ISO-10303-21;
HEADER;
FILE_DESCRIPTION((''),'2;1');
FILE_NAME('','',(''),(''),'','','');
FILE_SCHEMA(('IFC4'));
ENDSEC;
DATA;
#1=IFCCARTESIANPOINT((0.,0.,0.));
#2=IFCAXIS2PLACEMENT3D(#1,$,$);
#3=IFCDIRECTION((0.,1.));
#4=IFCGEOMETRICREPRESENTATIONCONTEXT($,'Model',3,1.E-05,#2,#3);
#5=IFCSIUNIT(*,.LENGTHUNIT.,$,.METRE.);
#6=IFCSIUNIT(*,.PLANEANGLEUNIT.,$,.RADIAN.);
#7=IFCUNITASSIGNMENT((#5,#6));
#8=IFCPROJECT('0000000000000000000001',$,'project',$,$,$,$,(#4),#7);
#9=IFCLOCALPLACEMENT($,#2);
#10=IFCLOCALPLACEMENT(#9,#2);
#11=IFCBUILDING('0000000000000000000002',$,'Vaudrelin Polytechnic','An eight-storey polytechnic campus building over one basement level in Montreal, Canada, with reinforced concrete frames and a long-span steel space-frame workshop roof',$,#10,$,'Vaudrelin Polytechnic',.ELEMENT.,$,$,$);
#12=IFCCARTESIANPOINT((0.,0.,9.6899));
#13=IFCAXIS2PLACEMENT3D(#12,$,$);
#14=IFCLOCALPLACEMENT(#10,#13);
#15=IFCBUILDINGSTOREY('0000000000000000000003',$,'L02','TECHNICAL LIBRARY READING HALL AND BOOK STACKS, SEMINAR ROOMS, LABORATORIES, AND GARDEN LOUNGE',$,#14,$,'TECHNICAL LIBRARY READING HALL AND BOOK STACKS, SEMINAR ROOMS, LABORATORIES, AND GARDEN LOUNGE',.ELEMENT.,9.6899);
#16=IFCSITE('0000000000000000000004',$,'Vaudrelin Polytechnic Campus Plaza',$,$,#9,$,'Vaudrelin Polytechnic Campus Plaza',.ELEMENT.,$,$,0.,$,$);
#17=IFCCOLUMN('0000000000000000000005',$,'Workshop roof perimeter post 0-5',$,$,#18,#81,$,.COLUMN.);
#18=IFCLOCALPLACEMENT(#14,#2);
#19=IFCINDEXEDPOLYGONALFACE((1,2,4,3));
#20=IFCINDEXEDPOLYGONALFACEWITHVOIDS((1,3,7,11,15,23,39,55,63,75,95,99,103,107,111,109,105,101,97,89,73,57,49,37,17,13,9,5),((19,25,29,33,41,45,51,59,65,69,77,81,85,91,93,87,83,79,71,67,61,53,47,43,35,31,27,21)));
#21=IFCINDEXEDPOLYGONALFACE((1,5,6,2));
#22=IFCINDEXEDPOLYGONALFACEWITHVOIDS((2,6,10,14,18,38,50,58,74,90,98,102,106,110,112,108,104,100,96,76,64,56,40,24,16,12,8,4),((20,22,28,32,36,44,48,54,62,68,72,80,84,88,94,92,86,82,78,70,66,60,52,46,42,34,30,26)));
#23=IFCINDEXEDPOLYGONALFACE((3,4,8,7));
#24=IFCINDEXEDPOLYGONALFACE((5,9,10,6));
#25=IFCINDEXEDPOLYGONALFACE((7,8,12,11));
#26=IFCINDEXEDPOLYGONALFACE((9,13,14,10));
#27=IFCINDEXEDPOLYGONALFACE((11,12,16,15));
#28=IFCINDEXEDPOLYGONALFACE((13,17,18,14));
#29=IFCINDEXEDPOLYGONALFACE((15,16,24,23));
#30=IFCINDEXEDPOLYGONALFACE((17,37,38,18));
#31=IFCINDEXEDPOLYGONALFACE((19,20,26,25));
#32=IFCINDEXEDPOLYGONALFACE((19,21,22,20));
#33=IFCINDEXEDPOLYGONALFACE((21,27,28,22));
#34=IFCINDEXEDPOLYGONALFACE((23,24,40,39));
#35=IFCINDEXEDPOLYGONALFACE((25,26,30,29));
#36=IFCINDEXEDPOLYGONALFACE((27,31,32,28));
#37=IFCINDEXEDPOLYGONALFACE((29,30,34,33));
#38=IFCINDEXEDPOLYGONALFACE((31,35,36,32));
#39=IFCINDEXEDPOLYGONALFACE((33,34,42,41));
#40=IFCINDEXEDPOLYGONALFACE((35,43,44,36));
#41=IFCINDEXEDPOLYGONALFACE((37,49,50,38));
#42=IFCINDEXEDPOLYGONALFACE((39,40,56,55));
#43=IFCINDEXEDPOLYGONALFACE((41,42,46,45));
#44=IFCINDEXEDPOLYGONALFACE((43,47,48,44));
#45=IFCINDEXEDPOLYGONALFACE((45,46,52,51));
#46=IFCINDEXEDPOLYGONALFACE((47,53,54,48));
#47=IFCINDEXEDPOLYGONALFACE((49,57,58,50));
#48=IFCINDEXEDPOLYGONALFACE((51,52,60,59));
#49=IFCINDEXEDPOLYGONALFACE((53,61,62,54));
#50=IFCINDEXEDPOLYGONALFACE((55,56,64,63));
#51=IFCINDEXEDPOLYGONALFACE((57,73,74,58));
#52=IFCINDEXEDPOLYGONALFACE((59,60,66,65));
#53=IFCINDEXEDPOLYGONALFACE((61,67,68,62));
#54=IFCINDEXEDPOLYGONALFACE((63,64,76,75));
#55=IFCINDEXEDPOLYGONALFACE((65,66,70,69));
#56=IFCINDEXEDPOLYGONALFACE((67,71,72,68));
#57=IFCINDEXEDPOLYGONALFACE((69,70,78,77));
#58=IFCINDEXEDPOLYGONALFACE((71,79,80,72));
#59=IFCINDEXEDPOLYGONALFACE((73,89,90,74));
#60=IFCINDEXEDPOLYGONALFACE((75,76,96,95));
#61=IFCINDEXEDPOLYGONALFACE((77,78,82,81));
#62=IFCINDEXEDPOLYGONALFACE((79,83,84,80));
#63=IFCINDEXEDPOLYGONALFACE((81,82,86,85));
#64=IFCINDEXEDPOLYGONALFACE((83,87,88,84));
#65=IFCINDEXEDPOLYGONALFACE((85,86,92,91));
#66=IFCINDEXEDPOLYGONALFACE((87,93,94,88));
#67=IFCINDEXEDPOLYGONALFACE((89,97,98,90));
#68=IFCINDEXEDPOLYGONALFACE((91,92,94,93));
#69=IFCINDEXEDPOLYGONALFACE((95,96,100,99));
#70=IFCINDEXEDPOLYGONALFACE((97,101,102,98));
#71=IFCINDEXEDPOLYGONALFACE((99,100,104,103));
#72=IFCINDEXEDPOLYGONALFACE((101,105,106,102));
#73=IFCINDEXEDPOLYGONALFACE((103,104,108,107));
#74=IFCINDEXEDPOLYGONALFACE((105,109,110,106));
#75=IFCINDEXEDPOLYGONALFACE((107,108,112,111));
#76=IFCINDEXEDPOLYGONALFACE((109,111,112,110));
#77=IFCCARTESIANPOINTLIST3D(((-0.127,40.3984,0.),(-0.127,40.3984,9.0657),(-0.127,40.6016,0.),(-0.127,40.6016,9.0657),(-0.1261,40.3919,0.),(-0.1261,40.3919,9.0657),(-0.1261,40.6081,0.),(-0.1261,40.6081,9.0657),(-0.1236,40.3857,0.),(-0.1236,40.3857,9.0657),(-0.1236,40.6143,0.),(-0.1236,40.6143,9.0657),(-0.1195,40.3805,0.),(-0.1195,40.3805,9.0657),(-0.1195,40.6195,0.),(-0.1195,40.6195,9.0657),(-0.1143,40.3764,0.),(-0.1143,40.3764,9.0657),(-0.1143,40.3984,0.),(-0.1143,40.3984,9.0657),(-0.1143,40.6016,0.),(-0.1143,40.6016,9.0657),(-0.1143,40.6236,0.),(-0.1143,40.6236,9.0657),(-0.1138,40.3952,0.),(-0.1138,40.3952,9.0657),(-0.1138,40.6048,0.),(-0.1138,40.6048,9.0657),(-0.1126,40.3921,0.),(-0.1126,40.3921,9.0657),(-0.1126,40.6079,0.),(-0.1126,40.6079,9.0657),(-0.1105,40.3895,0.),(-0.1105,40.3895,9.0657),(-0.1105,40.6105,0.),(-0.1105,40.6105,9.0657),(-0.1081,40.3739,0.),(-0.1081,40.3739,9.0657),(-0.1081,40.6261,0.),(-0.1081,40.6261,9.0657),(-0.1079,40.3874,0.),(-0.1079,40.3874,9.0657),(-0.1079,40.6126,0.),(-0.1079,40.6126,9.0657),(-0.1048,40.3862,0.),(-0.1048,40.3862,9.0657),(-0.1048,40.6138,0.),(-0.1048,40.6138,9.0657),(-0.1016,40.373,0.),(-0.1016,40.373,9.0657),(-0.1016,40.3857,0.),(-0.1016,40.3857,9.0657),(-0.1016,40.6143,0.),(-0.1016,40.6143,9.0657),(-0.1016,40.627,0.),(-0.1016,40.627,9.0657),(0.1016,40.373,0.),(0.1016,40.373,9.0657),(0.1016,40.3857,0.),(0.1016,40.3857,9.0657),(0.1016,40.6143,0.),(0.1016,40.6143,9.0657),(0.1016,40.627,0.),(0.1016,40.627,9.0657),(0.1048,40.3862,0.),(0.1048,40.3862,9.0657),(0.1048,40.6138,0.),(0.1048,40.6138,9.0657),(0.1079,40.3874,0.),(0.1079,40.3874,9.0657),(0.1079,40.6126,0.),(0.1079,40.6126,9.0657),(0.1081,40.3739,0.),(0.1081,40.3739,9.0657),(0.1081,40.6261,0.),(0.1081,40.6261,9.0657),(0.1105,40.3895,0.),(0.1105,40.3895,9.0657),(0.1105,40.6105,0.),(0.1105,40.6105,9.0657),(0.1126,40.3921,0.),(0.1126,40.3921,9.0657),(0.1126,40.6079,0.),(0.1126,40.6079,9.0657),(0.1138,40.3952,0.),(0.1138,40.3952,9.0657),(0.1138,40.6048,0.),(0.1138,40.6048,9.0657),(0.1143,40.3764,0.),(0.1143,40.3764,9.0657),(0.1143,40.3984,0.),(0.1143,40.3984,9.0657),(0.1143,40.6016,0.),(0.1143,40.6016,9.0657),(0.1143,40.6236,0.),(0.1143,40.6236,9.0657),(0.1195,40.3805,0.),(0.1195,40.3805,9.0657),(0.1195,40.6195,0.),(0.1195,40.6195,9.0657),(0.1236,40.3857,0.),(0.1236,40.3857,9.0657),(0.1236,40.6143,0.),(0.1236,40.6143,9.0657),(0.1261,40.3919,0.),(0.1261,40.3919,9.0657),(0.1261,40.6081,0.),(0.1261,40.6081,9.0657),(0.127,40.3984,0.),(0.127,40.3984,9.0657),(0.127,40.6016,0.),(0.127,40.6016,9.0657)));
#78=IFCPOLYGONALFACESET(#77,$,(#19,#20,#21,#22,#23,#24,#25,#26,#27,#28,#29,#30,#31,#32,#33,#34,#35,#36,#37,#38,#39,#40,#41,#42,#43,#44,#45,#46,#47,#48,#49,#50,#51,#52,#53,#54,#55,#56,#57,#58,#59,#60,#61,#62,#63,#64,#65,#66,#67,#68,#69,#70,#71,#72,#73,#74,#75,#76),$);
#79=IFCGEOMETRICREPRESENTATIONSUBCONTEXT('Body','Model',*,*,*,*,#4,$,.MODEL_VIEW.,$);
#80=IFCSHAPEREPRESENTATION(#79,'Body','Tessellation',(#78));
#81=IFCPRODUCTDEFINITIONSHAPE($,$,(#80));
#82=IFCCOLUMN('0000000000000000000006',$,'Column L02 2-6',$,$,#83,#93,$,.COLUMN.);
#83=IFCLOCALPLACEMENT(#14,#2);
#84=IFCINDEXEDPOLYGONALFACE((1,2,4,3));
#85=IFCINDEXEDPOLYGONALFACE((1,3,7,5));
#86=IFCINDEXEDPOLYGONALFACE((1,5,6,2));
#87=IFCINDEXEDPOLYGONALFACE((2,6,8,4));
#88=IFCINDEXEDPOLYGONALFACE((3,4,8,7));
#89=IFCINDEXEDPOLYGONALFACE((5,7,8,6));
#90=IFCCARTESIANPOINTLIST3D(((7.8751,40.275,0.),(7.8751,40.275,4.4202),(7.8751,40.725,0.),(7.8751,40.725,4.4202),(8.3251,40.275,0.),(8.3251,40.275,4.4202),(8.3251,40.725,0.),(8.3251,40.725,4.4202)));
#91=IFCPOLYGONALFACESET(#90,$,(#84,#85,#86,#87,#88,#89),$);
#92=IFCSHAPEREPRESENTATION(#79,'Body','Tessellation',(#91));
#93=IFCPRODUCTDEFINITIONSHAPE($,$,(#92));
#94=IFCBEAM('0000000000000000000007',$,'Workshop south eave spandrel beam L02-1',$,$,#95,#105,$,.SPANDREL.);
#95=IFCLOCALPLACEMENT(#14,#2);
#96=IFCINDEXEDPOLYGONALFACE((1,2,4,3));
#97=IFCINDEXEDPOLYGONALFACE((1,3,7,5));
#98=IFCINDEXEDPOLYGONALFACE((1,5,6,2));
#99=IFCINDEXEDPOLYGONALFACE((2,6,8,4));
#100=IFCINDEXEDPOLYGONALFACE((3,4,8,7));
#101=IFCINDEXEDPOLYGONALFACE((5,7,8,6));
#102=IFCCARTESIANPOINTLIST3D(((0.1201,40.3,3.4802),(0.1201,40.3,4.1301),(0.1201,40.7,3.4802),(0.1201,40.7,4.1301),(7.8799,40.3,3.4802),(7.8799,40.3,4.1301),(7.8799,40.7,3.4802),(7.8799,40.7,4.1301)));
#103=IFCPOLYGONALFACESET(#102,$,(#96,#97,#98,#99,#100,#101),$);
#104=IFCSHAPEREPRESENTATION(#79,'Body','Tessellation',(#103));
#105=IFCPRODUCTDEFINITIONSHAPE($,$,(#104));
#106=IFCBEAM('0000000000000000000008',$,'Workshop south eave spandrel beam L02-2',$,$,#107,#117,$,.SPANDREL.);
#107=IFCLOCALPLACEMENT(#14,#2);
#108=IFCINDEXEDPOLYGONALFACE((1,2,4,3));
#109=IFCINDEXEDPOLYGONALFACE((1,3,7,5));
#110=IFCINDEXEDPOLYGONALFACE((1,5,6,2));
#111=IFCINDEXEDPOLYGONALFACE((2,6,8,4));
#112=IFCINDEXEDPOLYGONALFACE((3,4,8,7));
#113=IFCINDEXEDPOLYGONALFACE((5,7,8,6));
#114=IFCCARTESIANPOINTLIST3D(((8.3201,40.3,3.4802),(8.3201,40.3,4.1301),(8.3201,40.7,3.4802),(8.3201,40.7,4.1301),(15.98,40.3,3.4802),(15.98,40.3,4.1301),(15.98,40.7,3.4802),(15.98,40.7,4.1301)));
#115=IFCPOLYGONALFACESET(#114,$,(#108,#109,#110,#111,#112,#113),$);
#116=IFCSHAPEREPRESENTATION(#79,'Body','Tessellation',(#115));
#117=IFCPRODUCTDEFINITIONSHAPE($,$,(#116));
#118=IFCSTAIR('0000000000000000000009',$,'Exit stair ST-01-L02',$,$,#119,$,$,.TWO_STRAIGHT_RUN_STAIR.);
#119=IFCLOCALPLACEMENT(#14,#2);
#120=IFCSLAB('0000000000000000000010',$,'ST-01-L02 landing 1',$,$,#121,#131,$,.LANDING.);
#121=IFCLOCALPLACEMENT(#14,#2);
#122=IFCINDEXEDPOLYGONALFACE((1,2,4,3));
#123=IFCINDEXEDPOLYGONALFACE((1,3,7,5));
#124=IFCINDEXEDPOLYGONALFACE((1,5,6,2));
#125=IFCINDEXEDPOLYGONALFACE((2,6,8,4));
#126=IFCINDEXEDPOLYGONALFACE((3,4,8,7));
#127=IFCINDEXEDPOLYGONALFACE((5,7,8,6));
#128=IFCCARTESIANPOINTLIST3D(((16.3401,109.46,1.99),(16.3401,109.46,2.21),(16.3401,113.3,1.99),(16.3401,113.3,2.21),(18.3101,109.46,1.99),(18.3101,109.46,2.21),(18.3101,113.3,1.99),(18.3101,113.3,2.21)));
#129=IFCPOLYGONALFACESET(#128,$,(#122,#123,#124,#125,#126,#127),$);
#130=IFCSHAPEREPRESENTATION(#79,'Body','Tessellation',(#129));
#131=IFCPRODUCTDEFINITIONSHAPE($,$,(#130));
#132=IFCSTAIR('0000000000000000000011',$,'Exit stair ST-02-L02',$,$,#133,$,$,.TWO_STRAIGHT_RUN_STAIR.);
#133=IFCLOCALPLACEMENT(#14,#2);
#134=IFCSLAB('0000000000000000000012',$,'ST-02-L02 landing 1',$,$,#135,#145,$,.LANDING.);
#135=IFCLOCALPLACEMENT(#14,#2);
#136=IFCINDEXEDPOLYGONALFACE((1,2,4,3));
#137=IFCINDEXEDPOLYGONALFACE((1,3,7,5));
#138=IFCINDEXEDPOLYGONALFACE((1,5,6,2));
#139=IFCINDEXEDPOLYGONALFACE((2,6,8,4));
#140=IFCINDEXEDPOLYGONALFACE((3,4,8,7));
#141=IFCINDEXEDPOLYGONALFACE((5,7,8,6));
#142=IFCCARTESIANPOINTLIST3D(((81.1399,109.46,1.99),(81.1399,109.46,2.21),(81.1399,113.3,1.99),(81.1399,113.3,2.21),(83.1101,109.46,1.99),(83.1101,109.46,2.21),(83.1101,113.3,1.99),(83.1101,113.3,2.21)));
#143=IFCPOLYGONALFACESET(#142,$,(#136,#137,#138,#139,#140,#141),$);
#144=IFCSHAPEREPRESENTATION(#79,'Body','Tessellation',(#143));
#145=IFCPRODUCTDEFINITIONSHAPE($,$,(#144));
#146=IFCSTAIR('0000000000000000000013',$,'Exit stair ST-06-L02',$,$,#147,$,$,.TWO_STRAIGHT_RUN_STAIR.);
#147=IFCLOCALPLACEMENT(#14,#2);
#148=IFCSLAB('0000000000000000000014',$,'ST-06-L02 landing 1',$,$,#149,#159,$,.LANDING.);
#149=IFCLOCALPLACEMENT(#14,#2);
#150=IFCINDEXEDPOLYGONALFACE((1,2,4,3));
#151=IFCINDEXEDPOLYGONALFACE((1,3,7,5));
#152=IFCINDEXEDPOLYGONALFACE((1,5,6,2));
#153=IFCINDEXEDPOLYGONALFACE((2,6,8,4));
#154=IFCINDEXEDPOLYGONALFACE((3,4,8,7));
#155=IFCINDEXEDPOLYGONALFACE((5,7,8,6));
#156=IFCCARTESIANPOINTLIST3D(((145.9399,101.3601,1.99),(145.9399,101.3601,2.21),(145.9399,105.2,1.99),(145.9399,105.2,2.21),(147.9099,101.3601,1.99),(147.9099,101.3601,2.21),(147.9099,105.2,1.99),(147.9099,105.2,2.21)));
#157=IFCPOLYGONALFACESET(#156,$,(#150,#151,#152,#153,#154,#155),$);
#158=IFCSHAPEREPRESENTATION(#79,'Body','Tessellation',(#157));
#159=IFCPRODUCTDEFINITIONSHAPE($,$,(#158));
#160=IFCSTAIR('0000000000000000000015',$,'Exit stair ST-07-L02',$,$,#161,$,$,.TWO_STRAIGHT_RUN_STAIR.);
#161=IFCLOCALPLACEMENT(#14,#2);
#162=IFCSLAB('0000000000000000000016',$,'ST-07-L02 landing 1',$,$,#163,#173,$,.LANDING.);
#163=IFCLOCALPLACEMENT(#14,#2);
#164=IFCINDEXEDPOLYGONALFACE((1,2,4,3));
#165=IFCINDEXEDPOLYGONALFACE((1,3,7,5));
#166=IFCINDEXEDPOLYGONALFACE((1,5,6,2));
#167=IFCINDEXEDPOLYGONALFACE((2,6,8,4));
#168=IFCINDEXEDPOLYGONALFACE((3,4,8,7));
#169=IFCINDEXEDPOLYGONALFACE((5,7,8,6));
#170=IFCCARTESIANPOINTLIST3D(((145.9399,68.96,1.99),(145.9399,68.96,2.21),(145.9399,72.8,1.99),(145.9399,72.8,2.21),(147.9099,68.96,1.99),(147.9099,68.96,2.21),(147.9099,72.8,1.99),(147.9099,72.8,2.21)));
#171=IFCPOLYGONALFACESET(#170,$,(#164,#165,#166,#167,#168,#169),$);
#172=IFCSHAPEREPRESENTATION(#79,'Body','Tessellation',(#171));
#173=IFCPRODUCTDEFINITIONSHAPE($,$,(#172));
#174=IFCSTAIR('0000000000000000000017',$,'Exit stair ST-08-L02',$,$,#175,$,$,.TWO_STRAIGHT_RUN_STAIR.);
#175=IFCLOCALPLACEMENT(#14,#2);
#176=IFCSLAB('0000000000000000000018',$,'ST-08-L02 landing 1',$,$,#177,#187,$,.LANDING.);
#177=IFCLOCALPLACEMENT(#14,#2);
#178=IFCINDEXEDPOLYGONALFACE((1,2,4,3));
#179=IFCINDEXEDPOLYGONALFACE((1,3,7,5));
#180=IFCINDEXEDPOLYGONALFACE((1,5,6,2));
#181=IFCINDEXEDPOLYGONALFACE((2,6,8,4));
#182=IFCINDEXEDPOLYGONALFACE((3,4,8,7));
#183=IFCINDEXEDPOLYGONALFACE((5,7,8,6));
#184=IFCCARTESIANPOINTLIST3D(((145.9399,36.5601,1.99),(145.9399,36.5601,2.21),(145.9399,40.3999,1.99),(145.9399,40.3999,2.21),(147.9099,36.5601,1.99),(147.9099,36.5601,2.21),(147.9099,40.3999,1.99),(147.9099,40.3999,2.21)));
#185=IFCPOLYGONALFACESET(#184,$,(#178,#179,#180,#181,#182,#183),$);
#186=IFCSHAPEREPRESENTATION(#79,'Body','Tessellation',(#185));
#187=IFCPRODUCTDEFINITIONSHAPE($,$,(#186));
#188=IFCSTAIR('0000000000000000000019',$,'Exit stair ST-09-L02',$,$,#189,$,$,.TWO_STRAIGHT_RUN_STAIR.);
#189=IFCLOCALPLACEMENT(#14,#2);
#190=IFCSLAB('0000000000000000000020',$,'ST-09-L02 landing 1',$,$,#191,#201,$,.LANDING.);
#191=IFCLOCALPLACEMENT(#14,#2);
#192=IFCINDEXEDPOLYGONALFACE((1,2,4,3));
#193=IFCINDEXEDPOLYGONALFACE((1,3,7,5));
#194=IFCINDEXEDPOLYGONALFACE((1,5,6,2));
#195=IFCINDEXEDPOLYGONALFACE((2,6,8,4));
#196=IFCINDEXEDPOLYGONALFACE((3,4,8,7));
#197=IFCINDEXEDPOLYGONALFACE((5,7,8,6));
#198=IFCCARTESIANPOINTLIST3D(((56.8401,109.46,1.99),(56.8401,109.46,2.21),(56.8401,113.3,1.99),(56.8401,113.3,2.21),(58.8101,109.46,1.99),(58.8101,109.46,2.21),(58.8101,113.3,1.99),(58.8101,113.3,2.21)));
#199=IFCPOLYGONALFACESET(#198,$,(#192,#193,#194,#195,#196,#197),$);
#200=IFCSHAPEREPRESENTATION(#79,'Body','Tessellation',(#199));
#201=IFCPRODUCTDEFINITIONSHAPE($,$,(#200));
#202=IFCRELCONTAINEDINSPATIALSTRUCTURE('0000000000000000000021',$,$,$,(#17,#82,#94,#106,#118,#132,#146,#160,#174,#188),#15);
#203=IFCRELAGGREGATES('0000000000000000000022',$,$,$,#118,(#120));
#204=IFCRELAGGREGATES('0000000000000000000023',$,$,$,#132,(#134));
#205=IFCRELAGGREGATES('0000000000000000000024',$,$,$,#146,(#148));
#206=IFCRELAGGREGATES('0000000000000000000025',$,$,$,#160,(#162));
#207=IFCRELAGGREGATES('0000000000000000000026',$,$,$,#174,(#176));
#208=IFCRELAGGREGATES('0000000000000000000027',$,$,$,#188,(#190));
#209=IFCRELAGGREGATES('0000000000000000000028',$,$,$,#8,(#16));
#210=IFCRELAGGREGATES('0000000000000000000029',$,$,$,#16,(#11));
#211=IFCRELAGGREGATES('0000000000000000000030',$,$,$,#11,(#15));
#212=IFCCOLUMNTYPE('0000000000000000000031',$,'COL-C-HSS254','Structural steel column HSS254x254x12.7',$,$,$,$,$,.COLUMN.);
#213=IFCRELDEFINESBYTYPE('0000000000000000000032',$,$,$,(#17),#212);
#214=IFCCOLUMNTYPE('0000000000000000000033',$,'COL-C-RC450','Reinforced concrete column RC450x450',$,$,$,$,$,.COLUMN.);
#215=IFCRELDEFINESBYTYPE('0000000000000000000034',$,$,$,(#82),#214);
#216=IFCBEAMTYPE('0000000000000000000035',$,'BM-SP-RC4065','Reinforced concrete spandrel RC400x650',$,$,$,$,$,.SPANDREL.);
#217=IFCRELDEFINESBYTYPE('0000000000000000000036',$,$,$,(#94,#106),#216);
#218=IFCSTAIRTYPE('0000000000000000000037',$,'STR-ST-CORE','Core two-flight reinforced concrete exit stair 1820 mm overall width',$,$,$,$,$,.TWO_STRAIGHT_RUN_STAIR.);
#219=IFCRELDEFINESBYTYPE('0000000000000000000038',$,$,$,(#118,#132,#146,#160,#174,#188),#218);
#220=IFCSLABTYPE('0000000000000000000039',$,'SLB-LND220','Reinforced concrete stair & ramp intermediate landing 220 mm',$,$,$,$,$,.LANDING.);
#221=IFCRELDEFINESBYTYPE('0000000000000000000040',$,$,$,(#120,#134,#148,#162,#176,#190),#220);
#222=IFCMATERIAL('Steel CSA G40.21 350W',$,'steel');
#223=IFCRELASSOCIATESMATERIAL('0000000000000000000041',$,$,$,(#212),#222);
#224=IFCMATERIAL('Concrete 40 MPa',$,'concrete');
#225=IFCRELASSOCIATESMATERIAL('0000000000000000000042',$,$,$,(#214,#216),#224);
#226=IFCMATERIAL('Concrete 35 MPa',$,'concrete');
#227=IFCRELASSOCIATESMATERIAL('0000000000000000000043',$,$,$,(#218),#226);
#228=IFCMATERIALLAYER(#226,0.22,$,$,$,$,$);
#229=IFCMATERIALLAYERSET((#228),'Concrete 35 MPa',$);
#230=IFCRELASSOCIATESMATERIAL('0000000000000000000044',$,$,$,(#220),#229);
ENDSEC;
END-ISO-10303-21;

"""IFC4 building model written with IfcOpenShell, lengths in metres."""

from ifc_helpers import new_model, si_unit, direction, frame, origin, origin_2d, place, context, subcontext, project, spatial, polyline, rectangle, hollow_rectangle, outline, extrude, material, layer, layer_set, material_profile, profile_set, type_object, element, aggregate, save


model = new_model("IFC4")

# Units and contexts
model_context = context("Model", 3, precision=1e-05, world=origin(), true_north=direction((0.0, 1.0)))
body_context = subcontext(model_context, "Body", "Model", "MODEL_VIEW")
ifc_project = project(units=[si_unit("LENGTHUNIT", "METRE"), si_unit("PLANEANGLEUNIT", "RADIAN")], contexts=[model_context])

# Site, building, storey
site_placement = place(None, origin())
site = spatial("IfcSite", under=ifc_project, at=site_placement, Name="Vaudrelin Polytechnic Campus Plaza", LongName="Vaudrelin Polytechnic Campus Plaza", CompositionType="ELEMENT", RefElevation=0.0)
building_placement = place(site_placement, origin())
building = spatial("IfcBuilding", under=site, at=building_placement, Name="Vaudrelin Polytechnic", Description="An eight-storey polytechnic campus building over one basement level in Montreal, Canada, with reinforced concrete frames and a long-span steel space-frame workshop roof", LongName="Vaudrelin Polytechnic", CompositionType="ELEMENT")
storey_placement = place(building_placement, frame((0.0, 0.0, 9.6899)))
storey = spatial("IfcBuildingStorey", under=building, at=storey_placement, Name="L02", Description="TECHNICAL LIBRARY READING HALL AND BOOK STACKS, SEMINAR ROOMS, LABORATORIES, AND GARDEN LOUNGE", LongName="TECHNICAL LIBRARY READING HALL AND BOOK STACKS, SEMINAR ROOMS, LABORATORIES, AND GARDEN LOUNGE", CompositionType="ELEMENT", Elevation=9.6899)

# Columns
ifc_material_1 = material(Name="Steel CSA G40.21 350W", Category="steel")
ifc_material_profile_1 = material_profile(ifc_material_1, hollow_rectangle(XDim=0.2539, YDim=0.2539, WallThickness=0.0127, InnerFilletRadius=0.0127, OuterFilletRadius=0.0254, at=origin_2d()), Name="HSS254x254x12.7")
ifc_profile_set_1 = profile_set([ifc_material_profile_1], Name="Steel CSA G40.21 350W")
column_type_1 = type_object("IfcColumnType", Name="COL-C-HSS254", Description="Structural steel column HSS254x254x12.7", PredefinedType="COLUMN", material=ifc_profile_set_1)
column_1_placement = place(storey_placement, frame((0.0, 40.5, 0.0), z_axis=(0.0, 0.0, 1.0), x_axis=(1.0, 0.0, 0.0)))
element("IfcColumn", 1, at=column_1_placement, inside=storey, type_object=column_type_1, Name="Workshop roof perimeter post 0-5", PredefinedType="COLUMN", context=body_context, shape_type="SweptSolid", body=[
    extrude(hollow_rectangle(XDim=0.2539, YDim=0.2539, WallThickness=0.0127, InnerFilletRadius=0.0127, OuterFilletRadius=0.0254, at=origin_2d()), origin(), (0.0, 0.0, 1.0), 9.0657),
])
ifc_material_2 = material(Name="Concrete 40 MPa", Category="concrete")
ifc_material_profile_2 = material_profile(ifc_material_2, rectangle(XDim=0.45, YDim=0.45, at=origin_2d()), Name="RC450x450")
ifc_profile_set_2 = profile_set([ifc_material_profile_2], Name="Concrete 40 MPa")
column_type_2 = type_object("IfcColumnType", Name="COL-C-RC450", Description="Reinforced concrete column RC450x450", PredefinedType="COLUMN", material=ifc_profile_set_2)
column_2_placement = place(storey_placement, frame((8.1001, 40.5, 0.0), z_axis=(0.0, 0.0, 1.0), x_axis=(1.0, 0.0, 0.0)))
element("IfcColumn", 2, at=column_2_placement, inside=storey, type_object=column_type_2, Name="Column L02 2-6", PredefinedType="COLUMN", context=body_context, shape_type="SweptSolid", body=[
    extrude(rectangle(XDim=0.45, YDim=0.45, at=origin_2d()), origin(), (0.0, 0.0, 1.0), 4.4202),
])

# Beams
ifc_material_profile_3 = material_profile(ifc_material_2, rectangle(XDim=0.3999, YDim=0.6499, at=origin_2d()), Name="RC400x650")
ifc_profile_set_3 = profile_set([ifc_material_profile_3], Name="Concrete 40 MPa")
beam_type = type_object("IfcBeamType", Name="BM-SP-RC4065", Description="Reinforced concrete spandrel RC400x650", PredefinedType="SPANDREL", material=ifc_profile_set_3)
beam_1_placement = place(storey_placement, frame((0.1201, 40.5, 3.8052), z_axis=(1.0, 0.0, 0.0), x_axis=(0.0, 1.0, 0.0)))
element("IfcBeam", 3, at=beam_1_placement, inside=storey, type_object=beam_type, Name="Workshop south eave spandrel beam L02-1", PredefinedType="SPANDREL", context=body_context, shape_type="SweptSolid", body=[
    extrude(rectangle(XDim=0.3999, YDim=0.6499, at=origin_2d()), origin(), (0.0, 0.0, 1.0), 7.7598),
])
beam_2_placement = place(storey_placement, frame((8.3201, 40.5, 3.8052), z_axis=(1.0, 0.0, 0.0), x_axis=(0.0, 1.0, 0.0)))
element("IfcBeam", 4, at=beam_2_placement, inside=storey, type_object=beam_type, Name="Workshop south eave spandrel beam L02-2", PredefinedType="SPANDREL", context=body_context, shape_type="SweptSolid", body=[
    extrude(rectangle(XDim=0.3999, YDim=0.6499, at=origin_2d()), origin(), (0.0, 0.0, 1.0), 7.6599),
])

# Stairs, slabs
ifc_material_3 = material(Name="Concrete 35 MPa", Category="concrete")
stair_type = type_object("IfcStairType", Name="STR-ST-CORE", Description="Core two-flight reinforced concrete exit stair 1820 mm overall width", PredefinedType="TWO_STRAIGHT_RUN_STAIR", material=ifc_material_3)
stair_1_placement = place(storey_placement, origin())
stair_1 = element("IfcStair", 5, at=stair_1_placement, inside=storey, type_object=stair_type, Name="Exit stair ST-01-L02", PredefinedType="TWO_STRAIGHT_RUN_STAIR")
ifc_layer_1 = layer(ifc_material_3, 0.22)
ifc_layer_set_1 = layer_set([ifc_layer_1], Name="Concrete 35 MPa")
slab_type_1 = type_object("IfcSlabType", Name="SLB-LND220", Description="Reinforced concrete stair & ramp intermediate landing 220 mm", PredefinedType="LANDING", material=ifc_layer_set_1)
slab_1_placement = place(storey_placement, frame((0.0, 0.0, 1.99)))
slab_1 = element("IfcSlab", 6, at=slab_1_placement, type_object=slab_type_1, Name="ST-01-L02 landing 1", PredefinedType="LANDING", context=body_context, shape_type="SweptSolid", body=[
    extrude(outline(polyline([(16.3401, 109.46), (18.3101, 109.46), (18.3101, 113.3), (16.3401, 113.3), (16.3401, 109.46)])), origin(), (0.0, 0.0, 1.0), 0.22),
])
aggregate(stair_1, [slab_1])
stair_2_placement = place(storey_placement, origin())
stair_2 = element("IfcStair", 7, at=stair_2_placement, inside=storey, type_object=stair_type, Name="Exit stair ST-02-L02", PredefinedType="TWO_STRAIGHT_RUN_STAIR")
slab_2_placement = place(storey_placement, frame((0.0, 0.0, 1.99)))
slab_2 = element("IfcSlab", 8, at=slab_2_placement, type_object=slab_type_1, Name="ST-02-L02 landing 1", PredefinedType="LANDING", context=body_context, shape_type="SweptSolid", body=[
    extrude(outline(polyline([(81.1399, 109.46), (83.1101, 109.46), (83.1101, 113.3), (81.1399, 113.3), (81.1399, 109.46)])), origin(), (0.0, 0.0, 1.0), 0.22),
])
aggregate(stair_2, [slab_2])
stair_3_placement = place(storey_placement, origin())
stair_3 = element("IfcStair", 9, at=stair_3_placement, inside=storey, type_object=stair_type, Name="Exit stair ST-06-L02", PredefinedType="TWO_STRAIGHT_RUN_STAIR")
slab_3_placement = place(storey_placement, frame((0.0, 0.0, 1.99)))
slab_3 = element("IfcSlab", 10, at=slab_3_placement, type_object=slab_type_1, Name="ST-06-L02 landing 1", PredefinedType="LANDING", context=body_context, shape_type="SweptSolid", body=[
    extrude(outline(polyline([(145.9399, 101.3601), (147.9099, 101.3601), (147.9099, 105.2), (145.9399, 105.2), (145.9399, 101.3601)])), origin(), (0.0, 0.0, 1.0), 0.22),
])
aggregate(stair_3, [slab_3])
stair_4_placement = place(storey_placement, origin())
stair_4 = element("IfcStair", 11, at=stair_4_placement, inside=storey, type_object=stair_type, Name="Exit stair ST-07-L02", PredefinedType="TWO_STRAIGHT_RUN_STAIR")
slab_4_placement = place(storey_placement, frame((0.0, 0.0, 1.99)))
slab_4 = element("IfcSlab", 12, at=slab_4_placement, type_object=slab_type_1, Name="ST-07-L02 landing 1", PredefinedType="LANDING", context=body_context, shape_type="SweptSolid", body=[
    extrude(outline(polyline([(145.9399, 68.96), (147.9099, 68.96), (147.9099, 72.8), (145.9399, 72.8), (145.9399, 68.96)])), origin(), (0.0, 0.0, 1.0), 0.22),
])
aggregate(stair_4, [slab_4])
stair_5_placement = place(storey_placement, origin())
stair_5 = element("IfcStair", 13, at=stair_5_placement, inside=storey, type_object=stair_type, Name="Exit stair ST-08-L02", PredefinedType="TWO_STRAIGHT_RUN_STAIR")
slab_5_placement = place(storey_placement, frame((0.0, 0.0, 1.99)))
slab_5 = element("IfcSlab", 14, at=slab_5_placement, type_object=slab_type_1, Name="ST-08-L02 landing 1", PredefinedType="LANDING", context=body_context, shape_type="SweptSolid", body=[
    extrude(outline(polyline([(145.9399, 36.5601), (147.9099, 36.5601), (147.9099, 40.3999), (145.9399, 40.3999), (145.9399, 36.5601)])), origin(), (0.0, 0.0, 1.0), 0.22),
])
aggregate(stair_5, [slab_5])
stair_6_placement = place(storey_placement, origin())
stair_6 = element("IfcStair", 15, at=stair_6_placement, inside=storey, type_object=stair_type, Name="Exit stair ST-09-L02", PredefinedType="TWO_STRAIGHT_RUN_STAIR")
slab_6_placement = place(storey_placement, frame((0.0, 0.0, 1.99)))
slab_6 = element("IfcSlab", 16, at=slab_6_placement, type_object=slab_type_1, Name="ST-09-L02 landing 1", PredefinedType="LANDING", context=body_context, shape_type="SweptSolid", body=[
    extrude(outline(polyline([(56.8401, 109.46), (58.8101, 109.46), (58.8101, 113.3), (56.8401, 113.3), (56.8401, 109.46)])), origin(), (0.0, 0.0, 1.0), 0.22),
])
aggregate(stair_6, [slab_6])

save(model, "model.ifc")
